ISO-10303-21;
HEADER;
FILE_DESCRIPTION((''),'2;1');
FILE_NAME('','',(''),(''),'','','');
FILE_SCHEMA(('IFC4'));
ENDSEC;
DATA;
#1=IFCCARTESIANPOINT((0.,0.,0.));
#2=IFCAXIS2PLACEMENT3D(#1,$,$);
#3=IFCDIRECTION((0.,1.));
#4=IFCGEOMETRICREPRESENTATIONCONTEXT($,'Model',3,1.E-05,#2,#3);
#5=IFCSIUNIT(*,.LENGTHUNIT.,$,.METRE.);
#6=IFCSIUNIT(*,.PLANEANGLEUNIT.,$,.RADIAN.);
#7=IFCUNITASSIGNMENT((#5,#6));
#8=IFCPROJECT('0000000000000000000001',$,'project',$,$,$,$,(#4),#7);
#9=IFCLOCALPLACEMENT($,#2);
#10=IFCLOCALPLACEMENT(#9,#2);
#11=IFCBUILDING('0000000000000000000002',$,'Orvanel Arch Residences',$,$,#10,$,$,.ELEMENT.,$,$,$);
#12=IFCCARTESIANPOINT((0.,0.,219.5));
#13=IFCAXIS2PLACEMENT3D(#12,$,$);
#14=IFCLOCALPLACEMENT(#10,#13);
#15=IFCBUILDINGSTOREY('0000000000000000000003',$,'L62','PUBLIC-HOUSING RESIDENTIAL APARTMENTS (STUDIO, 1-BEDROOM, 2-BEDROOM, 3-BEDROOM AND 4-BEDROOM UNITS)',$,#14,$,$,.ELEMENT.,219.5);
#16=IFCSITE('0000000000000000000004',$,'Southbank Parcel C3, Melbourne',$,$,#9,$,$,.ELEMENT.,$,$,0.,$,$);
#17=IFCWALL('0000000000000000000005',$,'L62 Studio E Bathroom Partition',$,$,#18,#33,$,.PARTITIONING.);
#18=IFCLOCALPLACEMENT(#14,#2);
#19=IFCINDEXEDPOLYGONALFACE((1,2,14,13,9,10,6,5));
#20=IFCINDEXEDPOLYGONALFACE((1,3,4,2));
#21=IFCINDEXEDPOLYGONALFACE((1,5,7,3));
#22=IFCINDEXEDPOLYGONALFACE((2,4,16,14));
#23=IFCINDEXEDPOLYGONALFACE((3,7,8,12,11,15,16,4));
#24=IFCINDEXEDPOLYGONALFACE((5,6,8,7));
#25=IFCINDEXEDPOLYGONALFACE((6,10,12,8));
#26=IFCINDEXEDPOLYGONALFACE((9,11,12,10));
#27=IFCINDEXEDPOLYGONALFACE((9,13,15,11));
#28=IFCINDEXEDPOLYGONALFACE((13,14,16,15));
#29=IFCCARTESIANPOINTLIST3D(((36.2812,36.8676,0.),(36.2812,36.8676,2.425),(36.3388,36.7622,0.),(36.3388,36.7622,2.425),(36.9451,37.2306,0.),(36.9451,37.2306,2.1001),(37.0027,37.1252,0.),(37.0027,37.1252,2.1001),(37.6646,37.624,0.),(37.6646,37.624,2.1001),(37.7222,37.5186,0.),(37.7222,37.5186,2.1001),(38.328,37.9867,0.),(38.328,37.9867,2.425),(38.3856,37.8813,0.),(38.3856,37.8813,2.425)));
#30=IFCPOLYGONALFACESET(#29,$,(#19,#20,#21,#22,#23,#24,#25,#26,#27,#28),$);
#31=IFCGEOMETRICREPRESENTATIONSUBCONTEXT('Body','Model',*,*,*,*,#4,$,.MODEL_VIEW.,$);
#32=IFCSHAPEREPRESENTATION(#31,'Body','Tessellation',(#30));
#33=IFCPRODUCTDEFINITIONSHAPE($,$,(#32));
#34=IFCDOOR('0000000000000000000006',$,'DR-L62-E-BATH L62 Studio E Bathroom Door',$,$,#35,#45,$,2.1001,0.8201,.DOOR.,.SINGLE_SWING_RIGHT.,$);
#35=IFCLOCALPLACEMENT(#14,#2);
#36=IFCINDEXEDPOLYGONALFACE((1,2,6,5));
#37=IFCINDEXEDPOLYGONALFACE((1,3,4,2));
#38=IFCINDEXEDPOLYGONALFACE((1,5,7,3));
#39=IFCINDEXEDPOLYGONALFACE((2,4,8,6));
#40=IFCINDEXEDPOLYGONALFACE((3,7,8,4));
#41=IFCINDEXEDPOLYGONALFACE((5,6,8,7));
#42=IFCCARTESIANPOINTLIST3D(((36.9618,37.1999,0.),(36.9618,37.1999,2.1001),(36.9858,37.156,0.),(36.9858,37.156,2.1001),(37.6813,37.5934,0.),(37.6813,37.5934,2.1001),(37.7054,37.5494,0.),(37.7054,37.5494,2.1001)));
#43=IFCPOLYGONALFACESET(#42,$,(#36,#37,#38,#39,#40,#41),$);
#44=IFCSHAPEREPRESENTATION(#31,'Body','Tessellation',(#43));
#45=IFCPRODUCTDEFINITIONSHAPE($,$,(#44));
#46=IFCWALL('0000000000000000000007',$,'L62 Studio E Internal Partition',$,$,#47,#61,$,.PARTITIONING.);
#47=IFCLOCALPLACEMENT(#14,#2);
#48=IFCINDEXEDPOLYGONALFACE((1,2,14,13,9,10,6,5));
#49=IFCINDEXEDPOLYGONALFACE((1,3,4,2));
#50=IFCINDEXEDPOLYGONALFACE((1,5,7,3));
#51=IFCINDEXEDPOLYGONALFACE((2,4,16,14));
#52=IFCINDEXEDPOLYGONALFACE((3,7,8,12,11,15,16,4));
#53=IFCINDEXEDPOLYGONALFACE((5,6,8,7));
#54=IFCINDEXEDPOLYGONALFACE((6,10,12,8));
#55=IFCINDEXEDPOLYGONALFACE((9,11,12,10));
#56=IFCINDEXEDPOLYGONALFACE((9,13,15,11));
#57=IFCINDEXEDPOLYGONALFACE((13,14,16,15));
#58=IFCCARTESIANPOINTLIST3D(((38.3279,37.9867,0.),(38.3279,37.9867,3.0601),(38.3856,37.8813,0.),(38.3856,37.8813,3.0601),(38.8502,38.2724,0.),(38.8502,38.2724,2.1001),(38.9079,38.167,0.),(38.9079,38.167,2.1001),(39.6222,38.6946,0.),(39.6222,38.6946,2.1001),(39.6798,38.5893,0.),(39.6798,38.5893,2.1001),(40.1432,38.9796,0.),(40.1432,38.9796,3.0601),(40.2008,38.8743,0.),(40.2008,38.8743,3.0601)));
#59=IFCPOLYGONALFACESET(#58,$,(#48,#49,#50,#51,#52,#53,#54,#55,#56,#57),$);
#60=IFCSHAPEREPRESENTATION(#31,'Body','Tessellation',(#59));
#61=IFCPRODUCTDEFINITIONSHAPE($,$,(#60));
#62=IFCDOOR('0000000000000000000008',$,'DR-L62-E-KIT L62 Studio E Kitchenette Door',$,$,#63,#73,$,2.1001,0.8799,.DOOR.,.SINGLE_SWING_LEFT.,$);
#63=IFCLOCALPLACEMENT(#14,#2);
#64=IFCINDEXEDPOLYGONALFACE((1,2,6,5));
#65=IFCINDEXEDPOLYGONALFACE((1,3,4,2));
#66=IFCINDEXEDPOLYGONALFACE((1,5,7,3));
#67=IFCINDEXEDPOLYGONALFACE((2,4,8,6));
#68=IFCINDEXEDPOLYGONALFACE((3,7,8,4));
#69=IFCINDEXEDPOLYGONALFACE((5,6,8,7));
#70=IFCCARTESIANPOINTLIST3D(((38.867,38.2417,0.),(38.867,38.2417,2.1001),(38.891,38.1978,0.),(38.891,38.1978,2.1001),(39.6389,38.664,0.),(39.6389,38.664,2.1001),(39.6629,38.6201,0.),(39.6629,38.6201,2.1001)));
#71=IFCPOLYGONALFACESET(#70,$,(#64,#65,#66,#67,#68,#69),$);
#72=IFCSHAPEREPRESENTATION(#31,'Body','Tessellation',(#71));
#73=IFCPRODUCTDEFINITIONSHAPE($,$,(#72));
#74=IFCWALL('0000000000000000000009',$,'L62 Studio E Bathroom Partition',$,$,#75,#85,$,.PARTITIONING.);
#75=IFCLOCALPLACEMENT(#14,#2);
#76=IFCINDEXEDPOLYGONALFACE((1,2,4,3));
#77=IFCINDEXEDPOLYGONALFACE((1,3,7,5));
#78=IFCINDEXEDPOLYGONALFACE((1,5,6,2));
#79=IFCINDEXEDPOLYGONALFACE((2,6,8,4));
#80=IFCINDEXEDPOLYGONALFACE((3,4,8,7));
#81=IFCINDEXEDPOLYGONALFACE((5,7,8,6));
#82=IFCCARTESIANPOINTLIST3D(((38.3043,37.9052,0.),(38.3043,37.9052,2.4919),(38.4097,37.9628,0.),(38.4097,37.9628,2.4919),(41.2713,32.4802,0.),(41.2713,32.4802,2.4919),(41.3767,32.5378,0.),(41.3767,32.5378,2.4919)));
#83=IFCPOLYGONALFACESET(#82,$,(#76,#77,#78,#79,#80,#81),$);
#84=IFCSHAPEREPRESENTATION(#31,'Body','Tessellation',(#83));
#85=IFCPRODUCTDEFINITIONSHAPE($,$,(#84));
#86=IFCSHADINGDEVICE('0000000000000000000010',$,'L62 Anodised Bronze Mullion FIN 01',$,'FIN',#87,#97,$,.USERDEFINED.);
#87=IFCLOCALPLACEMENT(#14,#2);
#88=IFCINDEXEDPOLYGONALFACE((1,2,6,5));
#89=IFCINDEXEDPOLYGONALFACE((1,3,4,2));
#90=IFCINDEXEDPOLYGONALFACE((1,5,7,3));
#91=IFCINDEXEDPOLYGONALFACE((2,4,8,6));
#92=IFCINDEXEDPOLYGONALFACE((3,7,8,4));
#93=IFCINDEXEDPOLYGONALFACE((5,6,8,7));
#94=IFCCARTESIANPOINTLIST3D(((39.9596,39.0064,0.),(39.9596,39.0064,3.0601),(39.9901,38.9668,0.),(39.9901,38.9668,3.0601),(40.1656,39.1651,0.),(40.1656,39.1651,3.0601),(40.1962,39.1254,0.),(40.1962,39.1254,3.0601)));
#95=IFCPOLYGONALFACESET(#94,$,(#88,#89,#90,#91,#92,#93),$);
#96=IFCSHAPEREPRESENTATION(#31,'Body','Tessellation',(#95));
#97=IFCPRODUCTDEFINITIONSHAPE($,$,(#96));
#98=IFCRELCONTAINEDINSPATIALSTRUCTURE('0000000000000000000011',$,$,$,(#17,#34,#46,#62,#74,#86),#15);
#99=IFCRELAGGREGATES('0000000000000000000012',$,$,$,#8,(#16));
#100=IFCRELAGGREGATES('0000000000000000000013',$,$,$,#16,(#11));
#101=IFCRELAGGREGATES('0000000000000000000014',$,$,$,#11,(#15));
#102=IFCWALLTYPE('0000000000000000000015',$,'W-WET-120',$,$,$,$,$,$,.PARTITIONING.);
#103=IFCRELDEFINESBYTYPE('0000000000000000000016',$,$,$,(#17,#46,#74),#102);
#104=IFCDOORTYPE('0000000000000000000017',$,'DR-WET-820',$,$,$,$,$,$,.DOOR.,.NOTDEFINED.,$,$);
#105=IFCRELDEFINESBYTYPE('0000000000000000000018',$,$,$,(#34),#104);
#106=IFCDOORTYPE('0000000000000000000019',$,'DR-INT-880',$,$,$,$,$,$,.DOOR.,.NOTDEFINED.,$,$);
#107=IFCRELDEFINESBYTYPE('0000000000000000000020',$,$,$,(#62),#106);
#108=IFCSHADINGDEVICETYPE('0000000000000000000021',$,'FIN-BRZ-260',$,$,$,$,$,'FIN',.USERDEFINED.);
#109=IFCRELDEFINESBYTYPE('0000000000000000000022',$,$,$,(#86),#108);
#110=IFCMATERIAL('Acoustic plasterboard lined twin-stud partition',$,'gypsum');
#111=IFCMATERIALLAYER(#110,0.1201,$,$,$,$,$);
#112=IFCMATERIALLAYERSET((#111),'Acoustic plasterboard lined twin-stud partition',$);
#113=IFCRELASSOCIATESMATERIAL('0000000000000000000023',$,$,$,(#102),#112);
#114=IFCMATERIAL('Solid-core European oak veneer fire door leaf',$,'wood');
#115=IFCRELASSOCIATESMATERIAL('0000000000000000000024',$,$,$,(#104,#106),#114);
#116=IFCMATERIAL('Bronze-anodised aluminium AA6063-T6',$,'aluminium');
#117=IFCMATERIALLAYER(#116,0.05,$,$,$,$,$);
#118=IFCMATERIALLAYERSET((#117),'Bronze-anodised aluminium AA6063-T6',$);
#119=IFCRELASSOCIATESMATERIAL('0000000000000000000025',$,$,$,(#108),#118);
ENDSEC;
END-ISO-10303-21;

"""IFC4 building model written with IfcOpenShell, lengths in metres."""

from ifc_helpers import new_model, si_unit, direction, frame, frame_2d, origin, origin_2d, place, context, subcontext, project, spatial, rectangle, extrude, material, layer, layer_set, type_object, element, fill, save


model = new_model("IFC4")

# Units and contexts
model_context = context("Model", 3, precision=1e-05, world=origin(), true_north=direction((0.0, 1.0)))
body_context = subcontext(model_context, "Body", "Model", "MODEL_VIEW")
ifc_project = project(units=[si_unit("LENGTHUNIT", "METRE"), si_unit("PLANEANGLEUNIT", "RADIAN")], contexts=[model_context])

# Site, building, storey
site_placement = place(None, origin())
site = spatial("IfcSite", under=ifc_project, at=site_placement, Name="Southbank Parcel C3, Melbourne", CompositionType="ELEMENT", RefElevation=0.0)
building_placement = place(site_placement, origin())
building = spatial("IfcBuilding", under=site, at=building_placement, Name="Orvanel Arch Residences", CompositionType="ELEMENT")
storey_placement = place(building_placement, frame((0.0, 0.0, 219.5)))
storey = spatial("IfcBuildingStorey", under=building, at=storey_placement, Name="L62", Description="PUBLIC-HOUSING RESIDENTIAL APARTMENTS (STUDIO, 1-BEDROOM, 2-BEDROOM, 3-BEDROOM AND 4-BEDROOM UNITS)", CompositionType="ELEMENT", Elevation=219.5)

# Shared definitions
ifc_material_1 = material(Name="Bronze-anodised aluminium AA6063-T6", Category="aluminium")

# Walls, openings, doors
ifc_material_2 = material(Name="Acoustic plasterboard lined twin-stud partition", Category="gypsum")
ifc_layer_1 = layer(ifc_material_2, 0.1201)
ifc_layer_set_1 = layer_set([ifc_layer_1], Name="Acoustic plasterboard lined twin-stud partition")
wall_type_1 = type_object("IfcWallType", Name="W-WET-120", PredefinedType="PARTITIONING", material=ifc_layer_set_1)
wall_1_placement = place(storey_placement, frame((38.3569, 37.9341, 0.0), z_axis=(0.0, 0.0, 1.0), x_axis=(-0.877415, -0.479732, 0.0)))
wall_1 = element("IfcWall", 1, at=wall_1_placement, inside=storey, type_object=wall_type_1, Name="L62 Studio E Bathroom Partition", PredefinedType="PARTITIONING", context=body_context, shape_type="SweptSolid", body=[
    extrude(rectangle(XDim=2.3328, YDim=0.1201, at=frame_2d((1.1665, 0.0))), origin(), (0.0, 0.0, 1.0), 2.425),
])
opening_1_placement = place(wall_1_placement, frame((0.7561, 0.0, 0.0)))
opening_1 = element("IfcOpeningElement", 2, at=opening_1_placement, cuts=wall_1, PredefinedType="OPENING", context=body_context, shape_type="SweptSolid", body=[
    extrude(rectangle(XDim=0.8201, YDim=2.1001, at=frame_2d((0.4102, 1.05))), frame((0.0, 0.0701, 0.0), z_axis=(0.0, -1.0, 0.0), x_axis=(1.0, 0.0, 0.0)), (0.0, 0.0, 1.0), 0.1401),
])
ifc_material_3 = material(Name="Solid-core European oak veneer fire door leaf", Category="wood")
door_type_1 = type_object("IfcDoorType", Name="DR-WET-820", OperationType="NOTDEFINED", PredefinedType="DOOR", material=ifc_material_3)
door_1_placement = place(opening_1_placement, origin())
door_1 = element("IfcDoor", 3, at=door_1_placement, inside=storey, type_object=door_type_1, Name="DR-L62-E-BATH L62 Studio E Bathroom Door", OperationType="SINGLE_SWING_RIGHT", OverallHeight=2.1001, OverallWidth=0.8201, PredefinedType="DOOR", context=body_context, shape_type="SweptSolid", body=[
    extrude(rectangle(XDim=0.8201, YDim=2.1001, at=frame_2d((0.4102, 1.05))), frame((0.0, 0.0249, 0.0), z_axis=(0.0, -1.0, 0.0), x_axis=(1.0, 0.0, 0.0)), (0.0, 0.0, 1.0), 0.05),
])
fill(opening_1, door_1)
wall_2_placement = place(storey_placement, frame((40.1721, 38.927, 0.0), z_axis=(0.0, 0.0, 1.0), x_axis=(-0.877322, -0.479902, 0.0)))
wall_2 = element("IfcWall", 4, at=wall_2_placement, inside=storey, type_object=wall_type_1, Name="L62 Studio E Internal Partition", PredefinedType="PARTITIONING", context=body_context, shape_type="SweptSolid", body=[
    extrude(rectangle(XDim=2.0691, YDim=0.1201, at=frame_2d((1.0347, 0.0))), origin(), (0.0, 0.0, 1.0), 3.0601),
])
opening_2_placement = place(wall_2_placement, frame((0.594, 0.0, 0.0)))
opening_2 = element("IfcOpeningElement", 5, at=opening_2_placement, cuts=wall_2, PredefinedType="OPENING", context=body_context, shape_type="SweptSolid", body=[
    extrude(rectangle(XDim=0.8799, YDim=2.1001, at=frame_2d((0.4399, 1.05))), frame((0.0, 0.0701, 0.0), z_axis=(0.0, -1.0, 0.0), x_axis=(1.0, 0.0, 0.0)), (0.0, 0.0, 1.0), 0.1401),
])
door_type_2 = type_object("IfcDoorType", Name="DR-INT-880", OperationType="NOTDEFINED", PredefinedType="DOOR", material=ifc_material_3)
door_2_placement = place(opening_2_placement, origin())
door_2 = element("IfcDoor", 6, at=door_2_placement, inside=storey, type_object=door_type_2, Name="DR-L62-E-KIT L62 Studio E Kitchenette Door", OperationType="SINGLE_SWING_LEFT", OverallHeight=2.1001, OverallWidth=0.8799, PredefinedType="DOOR", context=body_context, shape_type="SweptSolid", body=[
    extrude(rectangle(XDim=0.8799, YDim=2.1001, at=frame_2d((0.4399, 1.05))), frame((0.0, 0.0249, 0.0), z_axis=(0.0, -1.0, 0.0), x_axis=(1.0, 0.0, 0.0)), (0.0, 0.0, 1.0), 0.05),
])
fill(opening_2, door_2)

# Wall
wall_3_placement = place(storey_placement, frame((38.3569, 37.9341, 0.0), z_axis=(0.0, 0.0, 1.0), x_axis=(0.479839, -0.877356, 0.0)))
element("IfcWall", 7, at=wall_3_placement, inside=storey, type_object=wall_type_1, Name="L62 Studio E Bathroom Partition", PredefinedType="PARTITIONING", context=body_context, shape_type="SweptSolid", body=[
    extrude(rectangle(XDim=6.1833, YDim=0.1201, at=frame_2d((3.0918, 0.0))), origin(), (0.0, 0.0, 1.0), 2.4919),
])

# Shading device
ifc_layer_2 = layer(ifc_material_1, 0.05)
ifc_layer_set_2 = layer_set([ifc_layer_2], Name="Bronze-anodised aluminium AA6063-T6")
shading_device_type = type_object("IfcShadingDeviceType", Name="FIN-BRZ-260", ElementType="FIN", PredefinedType="USERDEFINED", material=ifc_layer_set_2)
shading_device_placement = place(storey_placement, frame((40.0779, 39.0659, 0.0), z_axis=(0.0, 0.0, 1.0), x_axis=(0.79229, 0.610145, 0.0)))
element("IfcShadingDevice", 8, at=shading_device_placement, inside=storey, type_object=shading_device_type, Name="L62 Anodised Bronze Mullion FIN 01", ObjectType="FIN", PredefinedType="USERDEFINED", context=body_context, shape_type="SweptSolid", body=[
    extrude(rectangle(XDim=0.26, YDim=0.05, at=origin_2d()), origin(), (0.0, 0.0, 1.0), 3.0601),
])

save(model, "model.ifc")
